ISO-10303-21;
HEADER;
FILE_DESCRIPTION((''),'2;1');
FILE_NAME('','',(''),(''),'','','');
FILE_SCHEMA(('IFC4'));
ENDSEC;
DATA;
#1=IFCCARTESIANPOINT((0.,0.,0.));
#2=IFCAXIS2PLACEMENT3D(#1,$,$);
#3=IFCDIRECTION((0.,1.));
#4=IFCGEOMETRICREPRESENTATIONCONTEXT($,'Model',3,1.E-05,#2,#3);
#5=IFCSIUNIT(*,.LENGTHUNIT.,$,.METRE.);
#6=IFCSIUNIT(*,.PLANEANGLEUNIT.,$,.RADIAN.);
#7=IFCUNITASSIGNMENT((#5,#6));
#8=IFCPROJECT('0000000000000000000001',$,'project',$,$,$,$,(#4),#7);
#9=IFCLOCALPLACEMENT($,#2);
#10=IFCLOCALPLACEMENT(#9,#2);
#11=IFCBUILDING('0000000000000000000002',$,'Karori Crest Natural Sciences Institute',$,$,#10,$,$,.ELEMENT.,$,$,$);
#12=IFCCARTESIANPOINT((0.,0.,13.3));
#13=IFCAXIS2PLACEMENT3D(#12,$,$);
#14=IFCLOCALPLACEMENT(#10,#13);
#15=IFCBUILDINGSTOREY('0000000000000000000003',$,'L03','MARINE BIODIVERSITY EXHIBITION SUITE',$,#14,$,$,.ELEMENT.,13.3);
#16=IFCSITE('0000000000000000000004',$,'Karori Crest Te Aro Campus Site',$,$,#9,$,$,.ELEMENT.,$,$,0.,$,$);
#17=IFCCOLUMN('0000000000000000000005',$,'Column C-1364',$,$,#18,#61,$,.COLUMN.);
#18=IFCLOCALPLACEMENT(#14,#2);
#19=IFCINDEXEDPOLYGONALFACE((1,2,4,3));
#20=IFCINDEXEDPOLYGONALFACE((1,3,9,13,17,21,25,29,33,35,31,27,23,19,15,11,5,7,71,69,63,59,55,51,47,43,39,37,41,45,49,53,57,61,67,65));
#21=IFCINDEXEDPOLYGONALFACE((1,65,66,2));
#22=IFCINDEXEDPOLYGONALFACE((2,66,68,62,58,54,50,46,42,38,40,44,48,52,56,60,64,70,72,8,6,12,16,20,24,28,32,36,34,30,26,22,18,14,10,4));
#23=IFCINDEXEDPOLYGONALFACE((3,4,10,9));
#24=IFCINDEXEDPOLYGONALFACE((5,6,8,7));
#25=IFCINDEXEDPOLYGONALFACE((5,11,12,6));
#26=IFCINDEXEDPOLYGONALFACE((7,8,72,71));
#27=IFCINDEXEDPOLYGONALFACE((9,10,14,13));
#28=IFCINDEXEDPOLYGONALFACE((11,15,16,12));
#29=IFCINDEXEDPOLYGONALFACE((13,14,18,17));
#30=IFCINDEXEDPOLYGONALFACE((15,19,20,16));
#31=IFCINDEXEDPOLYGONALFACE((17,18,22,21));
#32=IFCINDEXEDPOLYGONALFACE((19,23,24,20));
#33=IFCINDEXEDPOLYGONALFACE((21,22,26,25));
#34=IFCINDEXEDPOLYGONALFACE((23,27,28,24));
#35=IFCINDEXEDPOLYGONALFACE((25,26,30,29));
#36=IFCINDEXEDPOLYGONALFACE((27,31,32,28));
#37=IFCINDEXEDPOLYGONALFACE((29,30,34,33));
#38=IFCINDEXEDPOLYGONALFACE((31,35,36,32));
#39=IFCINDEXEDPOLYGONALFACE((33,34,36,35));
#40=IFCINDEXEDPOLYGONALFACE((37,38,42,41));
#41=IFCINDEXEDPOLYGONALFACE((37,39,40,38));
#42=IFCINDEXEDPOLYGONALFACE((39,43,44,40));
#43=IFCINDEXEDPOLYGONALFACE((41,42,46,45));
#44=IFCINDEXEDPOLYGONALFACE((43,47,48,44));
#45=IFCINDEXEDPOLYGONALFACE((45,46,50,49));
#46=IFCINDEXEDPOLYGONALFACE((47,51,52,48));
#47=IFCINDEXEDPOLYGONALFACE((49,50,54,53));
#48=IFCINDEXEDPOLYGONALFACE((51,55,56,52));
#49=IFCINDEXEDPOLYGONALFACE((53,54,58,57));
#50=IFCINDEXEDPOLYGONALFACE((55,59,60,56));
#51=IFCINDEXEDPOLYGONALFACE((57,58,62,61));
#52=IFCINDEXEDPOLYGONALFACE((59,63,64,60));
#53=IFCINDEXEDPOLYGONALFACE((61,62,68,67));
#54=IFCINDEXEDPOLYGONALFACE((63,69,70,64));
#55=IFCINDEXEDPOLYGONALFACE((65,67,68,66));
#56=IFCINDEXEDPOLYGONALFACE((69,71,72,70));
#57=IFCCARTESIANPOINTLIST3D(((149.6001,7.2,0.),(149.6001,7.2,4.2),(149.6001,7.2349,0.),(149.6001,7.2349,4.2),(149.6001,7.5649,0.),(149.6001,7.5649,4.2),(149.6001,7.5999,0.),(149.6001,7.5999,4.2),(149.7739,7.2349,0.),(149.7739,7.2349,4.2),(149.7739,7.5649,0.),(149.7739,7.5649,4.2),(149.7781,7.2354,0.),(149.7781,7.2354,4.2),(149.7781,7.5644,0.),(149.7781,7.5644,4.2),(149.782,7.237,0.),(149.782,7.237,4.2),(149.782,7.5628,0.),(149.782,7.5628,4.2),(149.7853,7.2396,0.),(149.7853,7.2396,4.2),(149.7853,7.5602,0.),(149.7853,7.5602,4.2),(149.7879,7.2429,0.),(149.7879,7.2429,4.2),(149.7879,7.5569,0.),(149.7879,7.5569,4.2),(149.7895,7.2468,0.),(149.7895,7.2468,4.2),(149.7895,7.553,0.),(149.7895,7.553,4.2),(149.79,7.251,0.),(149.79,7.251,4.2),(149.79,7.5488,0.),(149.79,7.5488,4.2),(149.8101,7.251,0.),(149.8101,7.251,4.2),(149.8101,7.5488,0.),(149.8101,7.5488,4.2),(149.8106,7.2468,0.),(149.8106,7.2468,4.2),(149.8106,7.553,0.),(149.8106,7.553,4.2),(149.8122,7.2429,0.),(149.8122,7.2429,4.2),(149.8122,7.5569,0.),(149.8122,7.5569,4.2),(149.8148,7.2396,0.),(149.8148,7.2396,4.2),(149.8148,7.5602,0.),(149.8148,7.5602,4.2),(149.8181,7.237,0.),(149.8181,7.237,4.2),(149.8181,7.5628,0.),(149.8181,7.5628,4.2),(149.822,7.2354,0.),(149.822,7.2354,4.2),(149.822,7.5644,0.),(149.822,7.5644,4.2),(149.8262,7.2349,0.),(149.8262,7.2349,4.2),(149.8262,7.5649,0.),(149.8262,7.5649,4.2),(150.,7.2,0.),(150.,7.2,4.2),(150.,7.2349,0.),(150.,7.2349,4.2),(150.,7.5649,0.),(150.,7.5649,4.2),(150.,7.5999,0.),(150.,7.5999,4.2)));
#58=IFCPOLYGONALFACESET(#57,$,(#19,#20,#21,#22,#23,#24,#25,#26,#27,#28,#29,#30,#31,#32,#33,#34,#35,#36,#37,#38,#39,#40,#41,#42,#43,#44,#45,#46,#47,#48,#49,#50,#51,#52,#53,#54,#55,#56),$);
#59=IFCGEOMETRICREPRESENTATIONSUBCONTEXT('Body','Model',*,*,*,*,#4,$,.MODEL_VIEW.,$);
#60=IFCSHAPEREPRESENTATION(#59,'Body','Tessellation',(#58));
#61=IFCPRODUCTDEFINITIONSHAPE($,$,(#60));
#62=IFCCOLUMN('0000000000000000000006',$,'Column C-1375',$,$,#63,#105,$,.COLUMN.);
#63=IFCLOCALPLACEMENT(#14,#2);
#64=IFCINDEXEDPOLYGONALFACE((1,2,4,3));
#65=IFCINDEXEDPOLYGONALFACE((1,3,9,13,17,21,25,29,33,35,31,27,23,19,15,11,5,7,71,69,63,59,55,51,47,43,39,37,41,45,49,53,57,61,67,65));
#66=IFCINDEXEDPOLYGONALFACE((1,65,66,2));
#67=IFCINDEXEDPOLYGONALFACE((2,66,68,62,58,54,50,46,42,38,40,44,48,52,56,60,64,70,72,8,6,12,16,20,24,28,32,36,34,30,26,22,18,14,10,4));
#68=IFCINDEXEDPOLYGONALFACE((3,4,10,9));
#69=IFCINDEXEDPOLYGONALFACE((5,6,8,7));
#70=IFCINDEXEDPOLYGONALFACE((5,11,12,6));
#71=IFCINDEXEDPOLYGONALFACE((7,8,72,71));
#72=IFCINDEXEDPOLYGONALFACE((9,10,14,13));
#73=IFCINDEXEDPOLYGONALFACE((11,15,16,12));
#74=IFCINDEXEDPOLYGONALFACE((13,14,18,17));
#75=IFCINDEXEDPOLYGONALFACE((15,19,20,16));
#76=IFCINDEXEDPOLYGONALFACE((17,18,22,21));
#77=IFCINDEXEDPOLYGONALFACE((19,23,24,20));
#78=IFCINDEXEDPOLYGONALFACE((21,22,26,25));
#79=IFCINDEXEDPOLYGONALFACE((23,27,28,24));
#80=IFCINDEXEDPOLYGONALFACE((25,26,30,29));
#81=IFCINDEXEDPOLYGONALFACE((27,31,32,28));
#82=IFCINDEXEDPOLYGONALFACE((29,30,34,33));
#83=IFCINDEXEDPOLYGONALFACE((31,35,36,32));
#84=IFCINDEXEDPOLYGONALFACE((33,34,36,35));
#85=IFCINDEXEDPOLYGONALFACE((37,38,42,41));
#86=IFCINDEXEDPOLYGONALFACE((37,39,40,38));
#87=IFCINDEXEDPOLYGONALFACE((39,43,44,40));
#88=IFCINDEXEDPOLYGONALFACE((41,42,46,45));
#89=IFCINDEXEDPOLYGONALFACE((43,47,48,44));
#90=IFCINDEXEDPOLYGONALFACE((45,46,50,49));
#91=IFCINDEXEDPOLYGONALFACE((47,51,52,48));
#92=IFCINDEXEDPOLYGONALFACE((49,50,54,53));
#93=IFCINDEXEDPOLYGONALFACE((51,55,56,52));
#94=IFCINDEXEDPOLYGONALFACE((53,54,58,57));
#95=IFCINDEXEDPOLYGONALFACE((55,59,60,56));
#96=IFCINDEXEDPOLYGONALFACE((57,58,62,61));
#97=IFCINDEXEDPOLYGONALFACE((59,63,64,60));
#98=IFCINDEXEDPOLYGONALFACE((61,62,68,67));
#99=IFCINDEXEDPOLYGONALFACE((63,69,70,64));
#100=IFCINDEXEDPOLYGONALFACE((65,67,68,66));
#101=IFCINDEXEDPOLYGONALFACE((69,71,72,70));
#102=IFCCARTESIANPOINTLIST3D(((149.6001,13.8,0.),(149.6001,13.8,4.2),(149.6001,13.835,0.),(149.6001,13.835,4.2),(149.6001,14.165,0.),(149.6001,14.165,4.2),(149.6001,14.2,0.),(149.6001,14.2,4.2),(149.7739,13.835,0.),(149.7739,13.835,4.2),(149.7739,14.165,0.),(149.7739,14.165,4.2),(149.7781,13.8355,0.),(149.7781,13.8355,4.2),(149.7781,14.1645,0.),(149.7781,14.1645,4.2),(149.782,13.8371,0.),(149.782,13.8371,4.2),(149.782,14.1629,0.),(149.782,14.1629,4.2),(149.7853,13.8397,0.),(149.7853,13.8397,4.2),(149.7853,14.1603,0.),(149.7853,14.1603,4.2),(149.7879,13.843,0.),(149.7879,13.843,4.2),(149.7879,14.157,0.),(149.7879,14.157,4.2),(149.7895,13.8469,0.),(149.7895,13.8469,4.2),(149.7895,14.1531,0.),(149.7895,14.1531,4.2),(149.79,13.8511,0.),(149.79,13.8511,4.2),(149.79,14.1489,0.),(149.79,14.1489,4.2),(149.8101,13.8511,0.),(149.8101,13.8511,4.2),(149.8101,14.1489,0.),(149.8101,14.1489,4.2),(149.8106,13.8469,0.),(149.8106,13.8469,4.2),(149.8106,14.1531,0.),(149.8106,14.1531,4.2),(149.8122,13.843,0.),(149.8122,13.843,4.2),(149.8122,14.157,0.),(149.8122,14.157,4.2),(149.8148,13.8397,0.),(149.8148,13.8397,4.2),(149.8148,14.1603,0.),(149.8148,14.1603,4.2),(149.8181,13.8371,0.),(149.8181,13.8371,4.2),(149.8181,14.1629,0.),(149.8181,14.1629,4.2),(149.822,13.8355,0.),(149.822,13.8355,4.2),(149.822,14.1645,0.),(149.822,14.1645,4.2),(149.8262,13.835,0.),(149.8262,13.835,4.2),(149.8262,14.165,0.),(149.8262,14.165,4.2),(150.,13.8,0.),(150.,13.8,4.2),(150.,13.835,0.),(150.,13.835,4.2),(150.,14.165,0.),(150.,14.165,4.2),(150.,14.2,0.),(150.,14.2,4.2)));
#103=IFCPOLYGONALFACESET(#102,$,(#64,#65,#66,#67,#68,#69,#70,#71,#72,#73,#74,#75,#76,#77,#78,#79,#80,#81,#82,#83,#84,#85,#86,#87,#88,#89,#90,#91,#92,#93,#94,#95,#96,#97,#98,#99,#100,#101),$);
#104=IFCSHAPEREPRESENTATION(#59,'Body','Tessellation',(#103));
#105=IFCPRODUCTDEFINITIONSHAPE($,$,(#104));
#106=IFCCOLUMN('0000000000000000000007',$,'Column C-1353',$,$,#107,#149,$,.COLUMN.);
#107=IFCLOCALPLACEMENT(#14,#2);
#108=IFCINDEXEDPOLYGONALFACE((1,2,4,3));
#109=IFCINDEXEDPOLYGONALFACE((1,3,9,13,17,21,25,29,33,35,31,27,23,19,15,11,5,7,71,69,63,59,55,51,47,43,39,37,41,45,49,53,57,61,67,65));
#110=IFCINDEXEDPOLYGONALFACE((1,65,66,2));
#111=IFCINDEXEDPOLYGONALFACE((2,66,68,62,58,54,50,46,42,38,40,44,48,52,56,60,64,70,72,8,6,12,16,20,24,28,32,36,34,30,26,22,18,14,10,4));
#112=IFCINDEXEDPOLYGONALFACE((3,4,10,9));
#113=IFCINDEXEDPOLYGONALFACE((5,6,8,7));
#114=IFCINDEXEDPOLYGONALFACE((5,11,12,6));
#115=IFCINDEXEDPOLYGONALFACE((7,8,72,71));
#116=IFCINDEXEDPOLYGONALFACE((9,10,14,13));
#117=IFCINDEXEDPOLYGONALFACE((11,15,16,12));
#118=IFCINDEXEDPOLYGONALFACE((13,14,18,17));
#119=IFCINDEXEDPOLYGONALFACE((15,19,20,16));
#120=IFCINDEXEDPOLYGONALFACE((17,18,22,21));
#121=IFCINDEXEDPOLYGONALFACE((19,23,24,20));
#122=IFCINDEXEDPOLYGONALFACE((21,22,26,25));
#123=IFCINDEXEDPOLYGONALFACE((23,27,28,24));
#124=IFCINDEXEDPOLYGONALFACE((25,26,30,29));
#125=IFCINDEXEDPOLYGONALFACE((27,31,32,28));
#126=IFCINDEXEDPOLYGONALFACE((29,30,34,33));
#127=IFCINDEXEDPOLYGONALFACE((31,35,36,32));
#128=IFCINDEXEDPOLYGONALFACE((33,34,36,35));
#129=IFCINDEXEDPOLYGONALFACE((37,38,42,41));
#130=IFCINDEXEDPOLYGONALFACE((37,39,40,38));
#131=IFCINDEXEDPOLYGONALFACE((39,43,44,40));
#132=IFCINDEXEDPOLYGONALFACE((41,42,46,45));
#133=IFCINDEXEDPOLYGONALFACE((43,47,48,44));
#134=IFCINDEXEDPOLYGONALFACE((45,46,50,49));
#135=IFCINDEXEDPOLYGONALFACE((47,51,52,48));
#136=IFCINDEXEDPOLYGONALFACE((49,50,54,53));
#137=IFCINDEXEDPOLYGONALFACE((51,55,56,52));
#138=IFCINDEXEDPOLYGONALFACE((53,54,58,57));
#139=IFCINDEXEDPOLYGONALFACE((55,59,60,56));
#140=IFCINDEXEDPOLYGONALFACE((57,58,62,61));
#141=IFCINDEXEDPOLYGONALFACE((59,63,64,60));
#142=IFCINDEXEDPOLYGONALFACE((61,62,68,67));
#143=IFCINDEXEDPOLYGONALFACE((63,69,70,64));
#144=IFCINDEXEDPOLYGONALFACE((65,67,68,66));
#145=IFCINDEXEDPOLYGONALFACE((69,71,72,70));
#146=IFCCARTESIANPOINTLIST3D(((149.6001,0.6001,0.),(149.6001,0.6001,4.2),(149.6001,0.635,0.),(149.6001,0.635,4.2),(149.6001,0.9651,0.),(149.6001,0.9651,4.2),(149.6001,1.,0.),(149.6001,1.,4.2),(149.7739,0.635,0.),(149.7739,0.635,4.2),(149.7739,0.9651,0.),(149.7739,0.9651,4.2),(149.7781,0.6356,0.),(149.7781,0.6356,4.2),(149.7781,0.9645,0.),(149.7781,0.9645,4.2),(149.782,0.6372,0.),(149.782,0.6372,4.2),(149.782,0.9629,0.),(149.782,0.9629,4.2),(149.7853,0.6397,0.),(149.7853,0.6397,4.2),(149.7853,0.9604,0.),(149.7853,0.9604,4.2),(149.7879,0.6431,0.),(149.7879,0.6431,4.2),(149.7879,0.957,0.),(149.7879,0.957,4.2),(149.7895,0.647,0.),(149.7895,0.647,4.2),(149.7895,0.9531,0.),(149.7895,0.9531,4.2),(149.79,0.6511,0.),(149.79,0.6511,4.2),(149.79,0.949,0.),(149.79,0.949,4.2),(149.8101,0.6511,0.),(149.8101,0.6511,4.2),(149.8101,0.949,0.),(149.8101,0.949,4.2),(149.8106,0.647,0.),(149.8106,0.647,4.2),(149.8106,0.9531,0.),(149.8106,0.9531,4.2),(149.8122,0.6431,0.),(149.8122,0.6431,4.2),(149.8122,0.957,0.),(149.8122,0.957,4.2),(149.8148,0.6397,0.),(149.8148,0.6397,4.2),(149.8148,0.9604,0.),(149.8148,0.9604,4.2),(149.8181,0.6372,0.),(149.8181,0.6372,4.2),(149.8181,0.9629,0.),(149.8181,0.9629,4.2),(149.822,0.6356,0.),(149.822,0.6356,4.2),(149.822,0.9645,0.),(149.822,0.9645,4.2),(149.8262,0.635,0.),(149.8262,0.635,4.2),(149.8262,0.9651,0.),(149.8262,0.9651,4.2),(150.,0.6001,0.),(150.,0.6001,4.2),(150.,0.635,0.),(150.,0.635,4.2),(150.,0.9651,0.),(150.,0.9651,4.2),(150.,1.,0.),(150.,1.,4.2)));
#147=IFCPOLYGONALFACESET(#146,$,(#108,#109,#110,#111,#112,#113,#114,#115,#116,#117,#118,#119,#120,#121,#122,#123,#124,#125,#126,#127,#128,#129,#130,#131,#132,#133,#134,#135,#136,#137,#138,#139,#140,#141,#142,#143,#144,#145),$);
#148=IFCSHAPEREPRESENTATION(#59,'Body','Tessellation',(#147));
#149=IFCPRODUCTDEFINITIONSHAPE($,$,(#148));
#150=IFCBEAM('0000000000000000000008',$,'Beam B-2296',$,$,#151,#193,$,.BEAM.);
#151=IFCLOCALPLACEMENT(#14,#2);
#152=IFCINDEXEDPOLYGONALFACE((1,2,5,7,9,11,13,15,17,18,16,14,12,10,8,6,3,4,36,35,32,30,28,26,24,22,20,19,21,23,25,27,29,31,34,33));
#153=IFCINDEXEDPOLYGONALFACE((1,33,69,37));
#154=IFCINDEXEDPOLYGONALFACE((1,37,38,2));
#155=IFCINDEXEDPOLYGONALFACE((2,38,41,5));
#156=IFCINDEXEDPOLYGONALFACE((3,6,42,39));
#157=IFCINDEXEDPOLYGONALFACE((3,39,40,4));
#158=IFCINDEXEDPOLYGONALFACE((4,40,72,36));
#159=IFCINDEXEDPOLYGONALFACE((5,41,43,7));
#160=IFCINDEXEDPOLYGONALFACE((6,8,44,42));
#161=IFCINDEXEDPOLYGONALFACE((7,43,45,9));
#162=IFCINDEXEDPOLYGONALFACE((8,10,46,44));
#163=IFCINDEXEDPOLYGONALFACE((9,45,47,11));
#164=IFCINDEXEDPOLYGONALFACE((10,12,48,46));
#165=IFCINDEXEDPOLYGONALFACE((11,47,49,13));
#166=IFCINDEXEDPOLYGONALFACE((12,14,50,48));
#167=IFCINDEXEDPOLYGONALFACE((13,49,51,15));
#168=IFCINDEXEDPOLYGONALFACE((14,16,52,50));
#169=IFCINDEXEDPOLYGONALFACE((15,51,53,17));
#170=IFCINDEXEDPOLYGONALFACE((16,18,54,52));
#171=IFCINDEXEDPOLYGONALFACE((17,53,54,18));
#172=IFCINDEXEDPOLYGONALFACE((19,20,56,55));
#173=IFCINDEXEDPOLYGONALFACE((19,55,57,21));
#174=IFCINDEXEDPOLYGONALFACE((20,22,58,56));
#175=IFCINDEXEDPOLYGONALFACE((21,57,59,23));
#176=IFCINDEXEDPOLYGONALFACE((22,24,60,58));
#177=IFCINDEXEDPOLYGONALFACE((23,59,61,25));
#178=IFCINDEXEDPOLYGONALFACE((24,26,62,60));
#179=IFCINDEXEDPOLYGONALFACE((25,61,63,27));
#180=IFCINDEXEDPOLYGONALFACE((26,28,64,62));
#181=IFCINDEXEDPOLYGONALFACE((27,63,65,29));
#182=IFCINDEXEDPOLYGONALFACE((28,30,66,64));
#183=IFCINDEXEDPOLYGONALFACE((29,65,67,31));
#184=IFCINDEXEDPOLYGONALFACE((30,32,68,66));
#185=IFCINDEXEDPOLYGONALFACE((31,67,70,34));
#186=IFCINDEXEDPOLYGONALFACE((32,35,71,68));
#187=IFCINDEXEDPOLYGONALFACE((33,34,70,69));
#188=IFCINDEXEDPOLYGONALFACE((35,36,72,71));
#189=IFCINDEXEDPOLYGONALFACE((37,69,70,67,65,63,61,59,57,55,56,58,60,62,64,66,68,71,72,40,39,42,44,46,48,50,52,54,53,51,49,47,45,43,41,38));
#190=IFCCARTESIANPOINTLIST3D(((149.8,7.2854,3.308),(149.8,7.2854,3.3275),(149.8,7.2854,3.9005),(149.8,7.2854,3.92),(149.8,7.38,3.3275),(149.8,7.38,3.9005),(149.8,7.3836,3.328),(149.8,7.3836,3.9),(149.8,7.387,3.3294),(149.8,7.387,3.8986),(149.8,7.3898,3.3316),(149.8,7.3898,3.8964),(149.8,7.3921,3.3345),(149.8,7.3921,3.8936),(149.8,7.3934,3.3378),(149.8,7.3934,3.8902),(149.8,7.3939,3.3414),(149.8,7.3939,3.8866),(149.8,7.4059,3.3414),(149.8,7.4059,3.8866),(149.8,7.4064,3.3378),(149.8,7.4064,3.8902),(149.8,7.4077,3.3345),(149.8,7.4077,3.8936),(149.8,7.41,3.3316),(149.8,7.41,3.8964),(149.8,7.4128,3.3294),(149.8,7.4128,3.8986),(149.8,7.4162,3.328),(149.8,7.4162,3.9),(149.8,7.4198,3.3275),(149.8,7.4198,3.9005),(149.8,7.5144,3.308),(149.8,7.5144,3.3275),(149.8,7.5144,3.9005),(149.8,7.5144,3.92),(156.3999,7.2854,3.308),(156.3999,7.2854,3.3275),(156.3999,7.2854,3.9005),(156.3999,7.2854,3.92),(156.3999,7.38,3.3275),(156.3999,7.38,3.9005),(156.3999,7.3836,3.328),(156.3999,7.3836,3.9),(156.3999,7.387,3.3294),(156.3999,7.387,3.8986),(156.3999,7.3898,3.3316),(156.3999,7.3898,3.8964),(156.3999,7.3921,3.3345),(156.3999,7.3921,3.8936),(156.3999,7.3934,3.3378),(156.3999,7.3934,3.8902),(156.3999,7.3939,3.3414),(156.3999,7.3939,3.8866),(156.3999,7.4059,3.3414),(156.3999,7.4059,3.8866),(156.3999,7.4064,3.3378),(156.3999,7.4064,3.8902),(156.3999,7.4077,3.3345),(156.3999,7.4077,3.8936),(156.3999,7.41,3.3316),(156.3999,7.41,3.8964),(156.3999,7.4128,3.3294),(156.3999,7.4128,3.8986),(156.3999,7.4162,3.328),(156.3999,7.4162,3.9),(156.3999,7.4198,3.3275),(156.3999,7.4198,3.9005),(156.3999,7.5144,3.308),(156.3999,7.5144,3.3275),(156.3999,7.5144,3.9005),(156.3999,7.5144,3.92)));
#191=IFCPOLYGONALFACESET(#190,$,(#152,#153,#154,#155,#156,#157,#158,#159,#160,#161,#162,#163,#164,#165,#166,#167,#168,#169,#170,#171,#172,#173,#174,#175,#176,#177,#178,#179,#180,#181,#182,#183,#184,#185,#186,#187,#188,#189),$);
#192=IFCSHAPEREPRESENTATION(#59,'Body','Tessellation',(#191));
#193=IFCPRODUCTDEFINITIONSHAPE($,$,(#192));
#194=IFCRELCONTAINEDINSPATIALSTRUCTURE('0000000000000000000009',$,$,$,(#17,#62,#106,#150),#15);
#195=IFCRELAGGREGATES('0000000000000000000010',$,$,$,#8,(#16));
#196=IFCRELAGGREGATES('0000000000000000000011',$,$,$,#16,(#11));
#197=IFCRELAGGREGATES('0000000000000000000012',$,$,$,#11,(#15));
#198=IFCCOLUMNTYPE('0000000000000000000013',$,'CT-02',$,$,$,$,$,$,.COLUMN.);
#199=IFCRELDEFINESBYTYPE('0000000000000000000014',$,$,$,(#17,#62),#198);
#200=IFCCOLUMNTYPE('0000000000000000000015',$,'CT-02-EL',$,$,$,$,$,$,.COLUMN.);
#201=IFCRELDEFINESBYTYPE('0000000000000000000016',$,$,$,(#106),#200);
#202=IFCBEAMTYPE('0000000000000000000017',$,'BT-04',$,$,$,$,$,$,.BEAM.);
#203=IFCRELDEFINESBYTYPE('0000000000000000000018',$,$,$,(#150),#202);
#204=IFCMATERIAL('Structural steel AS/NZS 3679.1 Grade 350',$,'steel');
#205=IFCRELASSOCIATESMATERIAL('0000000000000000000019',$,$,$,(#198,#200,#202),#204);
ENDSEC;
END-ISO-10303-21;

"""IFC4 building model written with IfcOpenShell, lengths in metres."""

from ifc_helpers import new_model, si_unit, direction, frame, origin, origin_2d, place, context, subcontext, project, spatial, i_section, extrude, material, material_profile, profile_set, type_object, element, save


model = new_model("IFC4")

# Units and contexts
model_context = context("Model", 3, precision=1e-05, world=origin(), true_north=direction((0.0, 1.0)))
body_context = subcontext(model_context, "Body", "Model", "MODEL_VIEW")
ifc_project = project(units=[si_unit("LENGTHUNIT", "METRE"), si_unit("PLANEANGLEUNIT", "RADIAN")], contexts=[model_context])

# Site, building, storey
site_placement = place(None, origin())
site = spatial("IfcSite", under=ifc_project, at=site_placement, Name="Karori Crest Te Aro Campus Site", CompositionType="ELEMENT", RefElevation=0.0)
building_placement = place(site_placement, origin())
building = spatial("IfcBuilding", under=site, at=building_placement, Name="Karori Crest Natural Sciences Institute", CompositionType="ELEMENT")
storey_placement = place(building_placement, frame((0.0, 0.0, 13.3)))
storey = spatial("IfcBuildingStorey", under=building, at=storey_placement, Name="L03", Description="MARINE BIODIVERSITY EXHIBITION SUITE", CompositionType="ELEMENT", Elevation=13.3)

# Columns
ifc_material_1 = material(Name="Structural steel AS/NZS 3679.1 Grade 350", Category="steel")
ifc_material_profile_1 = material_profile(ifc_material_1, i_section(OverallWidth=0.3999, OverallDepth=0.3999, WebThickness=0.02, FlangeThickness=0.0349, FilletRadius=0.0161, at=origin_2d()), Name="400WC328")
ifc_profile_set_1 = profile_set([ifc_material_profile_1], Name="Structural steel AS/NZS 3679.1 Grade 350")
column_type_1 = type_object("IfcColumnType", Name="CT-02", PredefinedType="COLUMN", material=ifc_profile_set_1)
for number, where, z_axis, x_axis, name in (
    (1, (149.8, 7.3999, 0.0), (0.0, 0.0, 1.0), (1.0, 0.0, 0.0), "Column C-1364"),
    (2, (149.8, 14.0, 0.0), (0.0, 0.0, 1.0), (1.0, 0.0, 0.0), "Column C-1375"),
):
    element("IfcColumn", number, at=place(storey_placement, frame(where, z_axis=z_axis, x_axis=x_axis)), inside=storey, type_object=column_type_1, Name=name, PredefinedType="COLUMN", context=body_context, shape_type="SweptSolid", body=[
        extrude(i_section(OverallWidth=0.3999, OverallDepth=0.3999, WebThickness=0.02, FlangeThickness=0.0349, FilletRadius=0.0161, at=origin_2d()), origin(), (0.0, 0.0, 1.0), 4.2),
    ])
ifc_material_profile_2 = material_profile(ifc_material_1, i_section(OverallWidth=0.3999, OverallDepth=0.3999, WebThickness=0.02, FlangeThickness=0.0349, FilletRadius=0.0161, at=origin_2d()), Name="400WC328")
ifc_profile_set_2 = profile_set([ifc_material_profile_2], Name="Structural steel AS/NZS 3679.1 Grade 350")
column_type_2 = type_object("IfcColumnType", Name="CT-02-EL", PredefinedType="COLUMN", material=ifc_profile_set_2)
column_placement = place(storey_placement, frame((149.8, 0.8, 0.0), z_axis=(0.0, 0.0, 1.0), x_axis=(1.0, 0.0, 0.0)))
element("IfcColumn", 3, at=column_placement, inside=storey, type_object=column_type_2, Name="Column C-1353", PredefinedType="COLUMN", context=body_context, shape_type="SweptSolid", body=[
    extrude(i_section(OverallWidth=0.3999, OverallDepth=0.3999, WebThickness=0.02, FlangeThickness=0.0349, FilletRadius=0.0161, at=origin_2d()), origin(), (0.0, 0.0, 1.0), 4.2),
])

# Beam
ifc_material_profile_3 = material_profile(ifc_material_1, i_section(OverallWidth=0.229, OverallDepth=0.6121, WebThickness=0.012, FlangeThickness=0.0195, FilletRadius=0.0139, at=origin_2d()), Name="610UB125")
ifc_profile_set_3 = profile_set([ifc_material_profile_3], Name="Structural steel AS/NZS 3679.1 Grade 350")
beam_type_1 = type_object("IfcBeamType", Name="BT-04", PredefinedType="BEAM", material=ifc_profile_set_3)
for number, where, z_axis, x_axis, name in (
    (4, (149.8, 7.3999, 3.614), (1.0, 0.0, 0.0), (0.0, 1.0, 0.0), "Beam B-2296"),
):
    element("IfcBeam", number, at=place(storey_placement, frame(where, z_axis=z_axis, x_axis=x_axis)), inside=storey, type_object=beam_type_1, Name=name, PredefinedType="BEAM", context=body_context, shape_type="SweptSolid", body=[
        extrude(i_section(OverallWidth=0.229, OverallDepth=0.6121, WebThickness=0.012, FlangeThickness=0.0195, FilletRadius=0.0139, at=origin_2d()), origin(), (0.0, 0.0, 1.0), 6.5999),
    ])

save(model, "model.ifc")
